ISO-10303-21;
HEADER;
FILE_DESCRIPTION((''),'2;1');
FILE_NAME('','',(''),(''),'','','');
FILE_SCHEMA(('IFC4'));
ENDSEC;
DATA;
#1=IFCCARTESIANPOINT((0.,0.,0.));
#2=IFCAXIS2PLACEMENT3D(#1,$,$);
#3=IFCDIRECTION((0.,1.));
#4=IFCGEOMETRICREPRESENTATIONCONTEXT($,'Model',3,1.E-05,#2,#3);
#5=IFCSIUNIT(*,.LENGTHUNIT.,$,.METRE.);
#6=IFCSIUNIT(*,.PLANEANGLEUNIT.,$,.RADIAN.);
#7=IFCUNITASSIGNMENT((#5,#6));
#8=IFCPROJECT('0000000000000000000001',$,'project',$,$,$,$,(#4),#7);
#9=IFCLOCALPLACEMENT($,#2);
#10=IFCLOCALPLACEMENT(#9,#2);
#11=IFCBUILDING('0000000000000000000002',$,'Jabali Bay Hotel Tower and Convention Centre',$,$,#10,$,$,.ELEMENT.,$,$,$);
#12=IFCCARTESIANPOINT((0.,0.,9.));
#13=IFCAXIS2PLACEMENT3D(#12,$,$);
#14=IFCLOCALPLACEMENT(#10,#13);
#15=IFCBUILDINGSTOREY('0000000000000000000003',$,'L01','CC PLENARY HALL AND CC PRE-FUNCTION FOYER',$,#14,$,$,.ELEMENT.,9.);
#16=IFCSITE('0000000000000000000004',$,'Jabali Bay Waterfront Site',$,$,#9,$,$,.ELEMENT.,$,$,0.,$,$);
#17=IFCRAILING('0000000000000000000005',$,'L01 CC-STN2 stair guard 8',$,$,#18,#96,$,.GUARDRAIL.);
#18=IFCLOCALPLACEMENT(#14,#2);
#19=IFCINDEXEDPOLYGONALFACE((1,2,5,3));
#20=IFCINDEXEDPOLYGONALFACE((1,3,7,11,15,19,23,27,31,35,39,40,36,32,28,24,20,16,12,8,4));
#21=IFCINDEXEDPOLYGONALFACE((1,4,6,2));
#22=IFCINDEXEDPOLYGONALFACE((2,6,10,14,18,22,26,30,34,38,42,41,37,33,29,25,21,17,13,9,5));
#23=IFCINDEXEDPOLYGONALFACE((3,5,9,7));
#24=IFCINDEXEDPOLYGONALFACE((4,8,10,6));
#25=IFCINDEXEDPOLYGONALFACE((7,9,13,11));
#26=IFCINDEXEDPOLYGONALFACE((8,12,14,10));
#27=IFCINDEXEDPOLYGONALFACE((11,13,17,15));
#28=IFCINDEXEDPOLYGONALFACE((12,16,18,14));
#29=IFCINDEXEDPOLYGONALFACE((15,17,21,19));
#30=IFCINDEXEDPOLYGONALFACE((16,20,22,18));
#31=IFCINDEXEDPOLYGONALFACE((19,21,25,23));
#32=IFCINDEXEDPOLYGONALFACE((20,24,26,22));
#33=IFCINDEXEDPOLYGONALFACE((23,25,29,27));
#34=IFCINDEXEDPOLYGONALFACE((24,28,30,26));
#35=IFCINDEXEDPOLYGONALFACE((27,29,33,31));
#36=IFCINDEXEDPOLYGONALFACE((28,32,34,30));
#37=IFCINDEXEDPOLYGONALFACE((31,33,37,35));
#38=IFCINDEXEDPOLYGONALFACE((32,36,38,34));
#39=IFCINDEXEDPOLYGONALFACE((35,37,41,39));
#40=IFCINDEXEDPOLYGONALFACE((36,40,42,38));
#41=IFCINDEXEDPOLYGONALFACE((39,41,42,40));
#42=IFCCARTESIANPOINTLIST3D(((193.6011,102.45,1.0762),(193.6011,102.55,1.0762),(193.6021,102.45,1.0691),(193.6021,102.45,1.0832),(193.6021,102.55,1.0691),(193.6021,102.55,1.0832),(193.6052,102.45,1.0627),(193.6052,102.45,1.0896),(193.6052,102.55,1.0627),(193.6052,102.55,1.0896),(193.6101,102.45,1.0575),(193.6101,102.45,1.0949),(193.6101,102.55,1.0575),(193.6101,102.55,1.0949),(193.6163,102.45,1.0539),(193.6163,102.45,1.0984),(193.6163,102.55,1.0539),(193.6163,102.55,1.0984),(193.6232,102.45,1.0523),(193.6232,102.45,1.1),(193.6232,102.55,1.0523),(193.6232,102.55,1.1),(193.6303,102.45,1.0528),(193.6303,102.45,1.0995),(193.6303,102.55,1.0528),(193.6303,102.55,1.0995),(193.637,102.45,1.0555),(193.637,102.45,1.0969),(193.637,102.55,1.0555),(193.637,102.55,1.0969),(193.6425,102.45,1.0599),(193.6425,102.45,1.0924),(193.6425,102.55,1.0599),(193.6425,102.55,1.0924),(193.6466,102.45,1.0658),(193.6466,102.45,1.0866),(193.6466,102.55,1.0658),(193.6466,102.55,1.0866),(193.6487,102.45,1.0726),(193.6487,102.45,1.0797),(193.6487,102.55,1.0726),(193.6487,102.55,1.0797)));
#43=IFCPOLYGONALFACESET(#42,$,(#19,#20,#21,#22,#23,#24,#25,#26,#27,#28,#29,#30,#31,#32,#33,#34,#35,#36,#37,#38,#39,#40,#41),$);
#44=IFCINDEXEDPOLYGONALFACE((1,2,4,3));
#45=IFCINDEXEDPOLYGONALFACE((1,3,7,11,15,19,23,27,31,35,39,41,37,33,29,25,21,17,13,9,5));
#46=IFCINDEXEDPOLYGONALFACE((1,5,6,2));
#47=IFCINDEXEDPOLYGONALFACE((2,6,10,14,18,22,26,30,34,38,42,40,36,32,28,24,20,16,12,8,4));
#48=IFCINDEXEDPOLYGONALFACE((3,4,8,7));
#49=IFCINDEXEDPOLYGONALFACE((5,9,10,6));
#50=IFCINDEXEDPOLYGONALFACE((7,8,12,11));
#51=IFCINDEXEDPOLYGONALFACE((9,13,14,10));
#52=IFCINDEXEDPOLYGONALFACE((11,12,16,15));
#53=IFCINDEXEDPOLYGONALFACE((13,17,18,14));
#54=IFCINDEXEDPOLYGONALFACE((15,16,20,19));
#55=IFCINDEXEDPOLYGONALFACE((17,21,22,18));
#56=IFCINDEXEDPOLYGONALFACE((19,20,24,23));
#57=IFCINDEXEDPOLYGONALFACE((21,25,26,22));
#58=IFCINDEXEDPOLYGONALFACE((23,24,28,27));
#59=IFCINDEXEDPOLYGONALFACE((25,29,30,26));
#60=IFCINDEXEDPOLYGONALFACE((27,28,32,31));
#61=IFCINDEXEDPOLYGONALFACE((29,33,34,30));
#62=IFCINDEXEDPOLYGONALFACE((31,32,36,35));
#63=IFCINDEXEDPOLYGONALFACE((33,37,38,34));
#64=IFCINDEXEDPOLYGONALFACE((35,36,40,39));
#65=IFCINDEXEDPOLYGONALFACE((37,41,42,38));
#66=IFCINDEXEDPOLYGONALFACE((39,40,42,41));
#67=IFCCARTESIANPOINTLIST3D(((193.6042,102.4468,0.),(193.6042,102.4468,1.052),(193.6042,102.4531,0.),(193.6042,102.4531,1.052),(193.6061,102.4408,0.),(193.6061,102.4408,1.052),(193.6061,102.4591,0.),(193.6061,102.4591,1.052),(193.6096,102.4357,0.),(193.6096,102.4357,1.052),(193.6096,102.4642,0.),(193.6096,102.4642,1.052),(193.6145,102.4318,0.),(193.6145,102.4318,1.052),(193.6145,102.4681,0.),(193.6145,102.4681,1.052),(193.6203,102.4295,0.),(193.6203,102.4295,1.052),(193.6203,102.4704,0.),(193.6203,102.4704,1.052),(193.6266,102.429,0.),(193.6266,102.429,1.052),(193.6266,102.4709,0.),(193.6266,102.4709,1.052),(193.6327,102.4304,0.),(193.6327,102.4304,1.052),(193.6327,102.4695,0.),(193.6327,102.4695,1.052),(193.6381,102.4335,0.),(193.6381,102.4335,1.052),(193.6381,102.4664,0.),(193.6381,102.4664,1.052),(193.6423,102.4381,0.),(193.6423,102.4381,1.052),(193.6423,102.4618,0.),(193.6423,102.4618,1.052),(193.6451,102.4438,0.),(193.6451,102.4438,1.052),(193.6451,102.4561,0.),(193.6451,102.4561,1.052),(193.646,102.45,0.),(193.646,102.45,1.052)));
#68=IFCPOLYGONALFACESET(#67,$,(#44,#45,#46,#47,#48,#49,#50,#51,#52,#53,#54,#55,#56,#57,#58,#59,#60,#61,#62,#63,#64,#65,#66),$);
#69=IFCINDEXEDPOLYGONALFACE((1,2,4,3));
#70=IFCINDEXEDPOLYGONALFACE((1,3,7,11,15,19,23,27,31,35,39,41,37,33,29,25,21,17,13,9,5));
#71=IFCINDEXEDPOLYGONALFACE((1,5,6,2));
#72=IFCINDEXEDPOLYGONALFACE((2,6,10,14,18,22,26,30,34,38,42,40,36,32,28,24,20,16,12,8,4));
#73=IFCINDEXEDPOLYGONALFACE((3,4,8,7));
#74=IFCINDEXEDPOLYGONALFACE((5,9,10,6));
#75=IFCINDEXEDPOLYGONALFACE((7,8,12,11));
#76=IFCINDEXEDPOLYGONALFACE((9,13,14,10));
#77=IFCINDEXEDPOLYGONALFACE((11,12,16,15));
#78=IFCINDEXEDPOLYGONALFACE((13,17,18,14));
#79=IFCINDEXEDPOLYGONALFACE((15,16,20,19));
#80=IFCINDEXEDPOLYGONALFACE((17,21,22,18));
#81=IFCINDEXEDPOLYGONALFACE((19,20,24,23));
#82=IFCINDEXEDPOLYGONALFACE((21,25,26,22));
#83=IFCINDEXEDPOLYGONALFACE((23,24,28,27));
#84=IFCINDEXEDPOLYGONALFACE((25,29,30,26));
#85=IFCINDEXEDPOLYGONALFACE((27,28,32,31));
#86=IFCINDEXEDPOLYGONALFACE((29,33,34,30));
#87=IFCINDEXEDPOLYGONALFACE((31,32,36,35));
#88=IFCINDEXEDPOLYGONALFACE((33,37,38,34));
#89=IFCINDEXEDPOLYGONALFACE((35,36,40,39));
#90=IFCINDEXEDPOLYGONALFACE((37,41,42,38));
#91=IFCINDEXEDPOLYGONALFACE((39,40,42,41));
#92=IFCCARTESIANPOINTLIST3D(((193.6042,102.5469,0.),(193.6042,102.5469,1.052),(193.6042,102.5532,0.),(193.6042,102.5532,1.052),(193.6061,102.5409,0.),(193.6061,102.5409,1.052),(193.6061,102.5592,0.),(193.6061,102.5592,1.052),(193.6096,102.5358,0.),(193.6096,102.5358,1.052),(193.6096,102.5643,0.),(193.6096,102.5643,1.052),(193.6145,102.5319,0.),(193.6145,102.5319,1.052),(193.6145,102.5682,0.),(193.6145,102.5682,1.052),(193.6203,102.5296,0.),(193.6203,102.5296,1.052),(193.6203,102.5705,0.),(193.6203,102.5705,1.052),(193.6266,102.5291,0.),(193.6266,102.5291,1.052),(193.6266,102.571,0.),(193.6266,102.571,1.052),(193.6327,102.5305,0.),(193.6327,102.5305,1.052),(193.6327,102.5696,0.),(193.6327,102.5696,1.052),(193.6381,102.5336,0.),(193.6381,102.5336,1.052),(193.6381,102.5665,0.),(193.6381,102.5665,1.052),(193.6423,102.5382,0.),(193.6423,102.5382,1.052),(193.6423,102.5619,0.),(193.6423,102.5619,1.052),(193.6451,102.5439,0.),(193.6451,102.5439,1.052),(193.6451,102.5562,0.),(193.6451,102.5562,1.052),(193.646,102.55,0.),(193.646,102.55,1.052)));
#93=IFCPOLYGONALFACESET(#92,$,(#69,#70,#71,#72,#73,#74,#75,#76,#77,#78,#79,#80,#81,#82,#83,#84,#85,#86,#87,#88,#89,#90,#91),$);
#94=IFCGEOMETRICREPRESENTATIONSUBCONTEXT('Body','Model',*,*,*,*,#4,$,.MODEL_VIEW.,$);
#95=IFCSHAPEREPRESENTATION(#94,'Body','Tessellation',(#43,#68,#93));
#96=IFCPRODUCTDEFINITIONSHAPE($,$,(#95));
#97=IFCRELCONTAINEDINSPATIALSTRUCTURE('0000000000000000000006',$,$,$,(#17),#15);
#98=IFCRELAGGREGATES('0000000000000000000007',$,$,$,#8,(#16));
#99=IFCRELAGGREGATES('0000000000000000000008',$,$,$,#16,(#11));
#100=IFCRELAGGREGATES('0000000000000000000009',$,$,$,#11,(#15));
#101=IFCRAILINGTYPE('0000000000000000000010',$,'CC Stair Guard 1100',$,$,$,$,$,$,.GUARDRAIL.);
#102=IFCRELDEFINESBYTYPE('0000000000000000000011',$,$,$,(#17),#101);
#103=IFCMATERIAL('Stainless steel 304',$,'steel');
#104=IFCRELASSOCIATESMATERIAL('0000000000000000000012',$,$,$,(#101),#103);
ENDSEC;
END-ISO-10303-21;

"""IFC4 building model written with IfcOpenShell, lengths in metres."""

from ifc_helpers import new_model, si_unit, direction, frame, origin, origin_2d, place, context, subcontext, project, spatial, circle, extrude, material, type_object, element, save


model = new_model("IFC4")

# Units and contexts
model_context = context("Model", 3, precision=1e-05, world=origin(), true_north=direction((0.0, 1.0)))
body_context = subcontext(model_context, "Body", "Model", "MODEL_VIEW")
ifc_project = project(units=[si_unit("LENGTHUNIT", "METRE"), si_unit("PLANEANGLEUNIT", "RADIAN")], contexts=[model_context])

# Site, building, storey
site_placement = place(None, origin())
site = spatial("IfcSite", under=ifc_project, at=site_placement, Name="Jabali Bay Waterfront Site", CompositionType="ELEMENT", RefElevation=0.0)
building_placement = place(site_placement, origin())
building = spatial("IfcBuilding", under=site, at=building_placement, Name="Jabali Bay Hotel Tower and Convention Centre", CompositionType="ELEMENT")
storey_placement = place(building_placement, frame((0.0, 0.0, 9.0)))
storey = spatial("IfcBuildingStorey", under=building, at=storey_placement, Name="L01", Description="CC PLENARY HALL AND CC PRE-FUNCTION FOYER", CompositionType="ELEMENT", Elevation=9.0)

# Railing
ifc_material_1 = material(Name="Stainless steel 304", Category="steel")
railing_type_1 = type_object("IfcRailingType", Name="CC Stair Guard 1100", PredefinedType="GUARDRAIL", material=ifc_material_1)
railing_1_placement = place(storey_placement, frame((193.625, 102.45, 0.0)))
element("IfcRailing", 1, at=railing_1_placement, inside=storey, type_object=railing_type_1, Name="L01 CC-STN2 stair guard 8", PredefinedType="GUARDRAIL", context=body_context, shape_type="SweptSolid", body=[
    extrude(circle(Radius=0.0239, at=origin_2d()), frame((0.0, 0.0, 1.0762), z_axis=(0.0, 1.0, 0.0), x_axis=(-1.0, 0.0, 0.0)), (0.0, 0.0, 1.0), 0.1001),
    extrude(circle(Radius=0.021, at=origin_2d()), origin(), (0.0, 0.0, 1.0), 1.052),
    extrude(circle(Radius=0.021, at=origin_2d()), frame((0.0, 0.1001, 0.0)), (0.0, 0.0, 1.0), 1.052),
])

save(model, "model.ifc")
